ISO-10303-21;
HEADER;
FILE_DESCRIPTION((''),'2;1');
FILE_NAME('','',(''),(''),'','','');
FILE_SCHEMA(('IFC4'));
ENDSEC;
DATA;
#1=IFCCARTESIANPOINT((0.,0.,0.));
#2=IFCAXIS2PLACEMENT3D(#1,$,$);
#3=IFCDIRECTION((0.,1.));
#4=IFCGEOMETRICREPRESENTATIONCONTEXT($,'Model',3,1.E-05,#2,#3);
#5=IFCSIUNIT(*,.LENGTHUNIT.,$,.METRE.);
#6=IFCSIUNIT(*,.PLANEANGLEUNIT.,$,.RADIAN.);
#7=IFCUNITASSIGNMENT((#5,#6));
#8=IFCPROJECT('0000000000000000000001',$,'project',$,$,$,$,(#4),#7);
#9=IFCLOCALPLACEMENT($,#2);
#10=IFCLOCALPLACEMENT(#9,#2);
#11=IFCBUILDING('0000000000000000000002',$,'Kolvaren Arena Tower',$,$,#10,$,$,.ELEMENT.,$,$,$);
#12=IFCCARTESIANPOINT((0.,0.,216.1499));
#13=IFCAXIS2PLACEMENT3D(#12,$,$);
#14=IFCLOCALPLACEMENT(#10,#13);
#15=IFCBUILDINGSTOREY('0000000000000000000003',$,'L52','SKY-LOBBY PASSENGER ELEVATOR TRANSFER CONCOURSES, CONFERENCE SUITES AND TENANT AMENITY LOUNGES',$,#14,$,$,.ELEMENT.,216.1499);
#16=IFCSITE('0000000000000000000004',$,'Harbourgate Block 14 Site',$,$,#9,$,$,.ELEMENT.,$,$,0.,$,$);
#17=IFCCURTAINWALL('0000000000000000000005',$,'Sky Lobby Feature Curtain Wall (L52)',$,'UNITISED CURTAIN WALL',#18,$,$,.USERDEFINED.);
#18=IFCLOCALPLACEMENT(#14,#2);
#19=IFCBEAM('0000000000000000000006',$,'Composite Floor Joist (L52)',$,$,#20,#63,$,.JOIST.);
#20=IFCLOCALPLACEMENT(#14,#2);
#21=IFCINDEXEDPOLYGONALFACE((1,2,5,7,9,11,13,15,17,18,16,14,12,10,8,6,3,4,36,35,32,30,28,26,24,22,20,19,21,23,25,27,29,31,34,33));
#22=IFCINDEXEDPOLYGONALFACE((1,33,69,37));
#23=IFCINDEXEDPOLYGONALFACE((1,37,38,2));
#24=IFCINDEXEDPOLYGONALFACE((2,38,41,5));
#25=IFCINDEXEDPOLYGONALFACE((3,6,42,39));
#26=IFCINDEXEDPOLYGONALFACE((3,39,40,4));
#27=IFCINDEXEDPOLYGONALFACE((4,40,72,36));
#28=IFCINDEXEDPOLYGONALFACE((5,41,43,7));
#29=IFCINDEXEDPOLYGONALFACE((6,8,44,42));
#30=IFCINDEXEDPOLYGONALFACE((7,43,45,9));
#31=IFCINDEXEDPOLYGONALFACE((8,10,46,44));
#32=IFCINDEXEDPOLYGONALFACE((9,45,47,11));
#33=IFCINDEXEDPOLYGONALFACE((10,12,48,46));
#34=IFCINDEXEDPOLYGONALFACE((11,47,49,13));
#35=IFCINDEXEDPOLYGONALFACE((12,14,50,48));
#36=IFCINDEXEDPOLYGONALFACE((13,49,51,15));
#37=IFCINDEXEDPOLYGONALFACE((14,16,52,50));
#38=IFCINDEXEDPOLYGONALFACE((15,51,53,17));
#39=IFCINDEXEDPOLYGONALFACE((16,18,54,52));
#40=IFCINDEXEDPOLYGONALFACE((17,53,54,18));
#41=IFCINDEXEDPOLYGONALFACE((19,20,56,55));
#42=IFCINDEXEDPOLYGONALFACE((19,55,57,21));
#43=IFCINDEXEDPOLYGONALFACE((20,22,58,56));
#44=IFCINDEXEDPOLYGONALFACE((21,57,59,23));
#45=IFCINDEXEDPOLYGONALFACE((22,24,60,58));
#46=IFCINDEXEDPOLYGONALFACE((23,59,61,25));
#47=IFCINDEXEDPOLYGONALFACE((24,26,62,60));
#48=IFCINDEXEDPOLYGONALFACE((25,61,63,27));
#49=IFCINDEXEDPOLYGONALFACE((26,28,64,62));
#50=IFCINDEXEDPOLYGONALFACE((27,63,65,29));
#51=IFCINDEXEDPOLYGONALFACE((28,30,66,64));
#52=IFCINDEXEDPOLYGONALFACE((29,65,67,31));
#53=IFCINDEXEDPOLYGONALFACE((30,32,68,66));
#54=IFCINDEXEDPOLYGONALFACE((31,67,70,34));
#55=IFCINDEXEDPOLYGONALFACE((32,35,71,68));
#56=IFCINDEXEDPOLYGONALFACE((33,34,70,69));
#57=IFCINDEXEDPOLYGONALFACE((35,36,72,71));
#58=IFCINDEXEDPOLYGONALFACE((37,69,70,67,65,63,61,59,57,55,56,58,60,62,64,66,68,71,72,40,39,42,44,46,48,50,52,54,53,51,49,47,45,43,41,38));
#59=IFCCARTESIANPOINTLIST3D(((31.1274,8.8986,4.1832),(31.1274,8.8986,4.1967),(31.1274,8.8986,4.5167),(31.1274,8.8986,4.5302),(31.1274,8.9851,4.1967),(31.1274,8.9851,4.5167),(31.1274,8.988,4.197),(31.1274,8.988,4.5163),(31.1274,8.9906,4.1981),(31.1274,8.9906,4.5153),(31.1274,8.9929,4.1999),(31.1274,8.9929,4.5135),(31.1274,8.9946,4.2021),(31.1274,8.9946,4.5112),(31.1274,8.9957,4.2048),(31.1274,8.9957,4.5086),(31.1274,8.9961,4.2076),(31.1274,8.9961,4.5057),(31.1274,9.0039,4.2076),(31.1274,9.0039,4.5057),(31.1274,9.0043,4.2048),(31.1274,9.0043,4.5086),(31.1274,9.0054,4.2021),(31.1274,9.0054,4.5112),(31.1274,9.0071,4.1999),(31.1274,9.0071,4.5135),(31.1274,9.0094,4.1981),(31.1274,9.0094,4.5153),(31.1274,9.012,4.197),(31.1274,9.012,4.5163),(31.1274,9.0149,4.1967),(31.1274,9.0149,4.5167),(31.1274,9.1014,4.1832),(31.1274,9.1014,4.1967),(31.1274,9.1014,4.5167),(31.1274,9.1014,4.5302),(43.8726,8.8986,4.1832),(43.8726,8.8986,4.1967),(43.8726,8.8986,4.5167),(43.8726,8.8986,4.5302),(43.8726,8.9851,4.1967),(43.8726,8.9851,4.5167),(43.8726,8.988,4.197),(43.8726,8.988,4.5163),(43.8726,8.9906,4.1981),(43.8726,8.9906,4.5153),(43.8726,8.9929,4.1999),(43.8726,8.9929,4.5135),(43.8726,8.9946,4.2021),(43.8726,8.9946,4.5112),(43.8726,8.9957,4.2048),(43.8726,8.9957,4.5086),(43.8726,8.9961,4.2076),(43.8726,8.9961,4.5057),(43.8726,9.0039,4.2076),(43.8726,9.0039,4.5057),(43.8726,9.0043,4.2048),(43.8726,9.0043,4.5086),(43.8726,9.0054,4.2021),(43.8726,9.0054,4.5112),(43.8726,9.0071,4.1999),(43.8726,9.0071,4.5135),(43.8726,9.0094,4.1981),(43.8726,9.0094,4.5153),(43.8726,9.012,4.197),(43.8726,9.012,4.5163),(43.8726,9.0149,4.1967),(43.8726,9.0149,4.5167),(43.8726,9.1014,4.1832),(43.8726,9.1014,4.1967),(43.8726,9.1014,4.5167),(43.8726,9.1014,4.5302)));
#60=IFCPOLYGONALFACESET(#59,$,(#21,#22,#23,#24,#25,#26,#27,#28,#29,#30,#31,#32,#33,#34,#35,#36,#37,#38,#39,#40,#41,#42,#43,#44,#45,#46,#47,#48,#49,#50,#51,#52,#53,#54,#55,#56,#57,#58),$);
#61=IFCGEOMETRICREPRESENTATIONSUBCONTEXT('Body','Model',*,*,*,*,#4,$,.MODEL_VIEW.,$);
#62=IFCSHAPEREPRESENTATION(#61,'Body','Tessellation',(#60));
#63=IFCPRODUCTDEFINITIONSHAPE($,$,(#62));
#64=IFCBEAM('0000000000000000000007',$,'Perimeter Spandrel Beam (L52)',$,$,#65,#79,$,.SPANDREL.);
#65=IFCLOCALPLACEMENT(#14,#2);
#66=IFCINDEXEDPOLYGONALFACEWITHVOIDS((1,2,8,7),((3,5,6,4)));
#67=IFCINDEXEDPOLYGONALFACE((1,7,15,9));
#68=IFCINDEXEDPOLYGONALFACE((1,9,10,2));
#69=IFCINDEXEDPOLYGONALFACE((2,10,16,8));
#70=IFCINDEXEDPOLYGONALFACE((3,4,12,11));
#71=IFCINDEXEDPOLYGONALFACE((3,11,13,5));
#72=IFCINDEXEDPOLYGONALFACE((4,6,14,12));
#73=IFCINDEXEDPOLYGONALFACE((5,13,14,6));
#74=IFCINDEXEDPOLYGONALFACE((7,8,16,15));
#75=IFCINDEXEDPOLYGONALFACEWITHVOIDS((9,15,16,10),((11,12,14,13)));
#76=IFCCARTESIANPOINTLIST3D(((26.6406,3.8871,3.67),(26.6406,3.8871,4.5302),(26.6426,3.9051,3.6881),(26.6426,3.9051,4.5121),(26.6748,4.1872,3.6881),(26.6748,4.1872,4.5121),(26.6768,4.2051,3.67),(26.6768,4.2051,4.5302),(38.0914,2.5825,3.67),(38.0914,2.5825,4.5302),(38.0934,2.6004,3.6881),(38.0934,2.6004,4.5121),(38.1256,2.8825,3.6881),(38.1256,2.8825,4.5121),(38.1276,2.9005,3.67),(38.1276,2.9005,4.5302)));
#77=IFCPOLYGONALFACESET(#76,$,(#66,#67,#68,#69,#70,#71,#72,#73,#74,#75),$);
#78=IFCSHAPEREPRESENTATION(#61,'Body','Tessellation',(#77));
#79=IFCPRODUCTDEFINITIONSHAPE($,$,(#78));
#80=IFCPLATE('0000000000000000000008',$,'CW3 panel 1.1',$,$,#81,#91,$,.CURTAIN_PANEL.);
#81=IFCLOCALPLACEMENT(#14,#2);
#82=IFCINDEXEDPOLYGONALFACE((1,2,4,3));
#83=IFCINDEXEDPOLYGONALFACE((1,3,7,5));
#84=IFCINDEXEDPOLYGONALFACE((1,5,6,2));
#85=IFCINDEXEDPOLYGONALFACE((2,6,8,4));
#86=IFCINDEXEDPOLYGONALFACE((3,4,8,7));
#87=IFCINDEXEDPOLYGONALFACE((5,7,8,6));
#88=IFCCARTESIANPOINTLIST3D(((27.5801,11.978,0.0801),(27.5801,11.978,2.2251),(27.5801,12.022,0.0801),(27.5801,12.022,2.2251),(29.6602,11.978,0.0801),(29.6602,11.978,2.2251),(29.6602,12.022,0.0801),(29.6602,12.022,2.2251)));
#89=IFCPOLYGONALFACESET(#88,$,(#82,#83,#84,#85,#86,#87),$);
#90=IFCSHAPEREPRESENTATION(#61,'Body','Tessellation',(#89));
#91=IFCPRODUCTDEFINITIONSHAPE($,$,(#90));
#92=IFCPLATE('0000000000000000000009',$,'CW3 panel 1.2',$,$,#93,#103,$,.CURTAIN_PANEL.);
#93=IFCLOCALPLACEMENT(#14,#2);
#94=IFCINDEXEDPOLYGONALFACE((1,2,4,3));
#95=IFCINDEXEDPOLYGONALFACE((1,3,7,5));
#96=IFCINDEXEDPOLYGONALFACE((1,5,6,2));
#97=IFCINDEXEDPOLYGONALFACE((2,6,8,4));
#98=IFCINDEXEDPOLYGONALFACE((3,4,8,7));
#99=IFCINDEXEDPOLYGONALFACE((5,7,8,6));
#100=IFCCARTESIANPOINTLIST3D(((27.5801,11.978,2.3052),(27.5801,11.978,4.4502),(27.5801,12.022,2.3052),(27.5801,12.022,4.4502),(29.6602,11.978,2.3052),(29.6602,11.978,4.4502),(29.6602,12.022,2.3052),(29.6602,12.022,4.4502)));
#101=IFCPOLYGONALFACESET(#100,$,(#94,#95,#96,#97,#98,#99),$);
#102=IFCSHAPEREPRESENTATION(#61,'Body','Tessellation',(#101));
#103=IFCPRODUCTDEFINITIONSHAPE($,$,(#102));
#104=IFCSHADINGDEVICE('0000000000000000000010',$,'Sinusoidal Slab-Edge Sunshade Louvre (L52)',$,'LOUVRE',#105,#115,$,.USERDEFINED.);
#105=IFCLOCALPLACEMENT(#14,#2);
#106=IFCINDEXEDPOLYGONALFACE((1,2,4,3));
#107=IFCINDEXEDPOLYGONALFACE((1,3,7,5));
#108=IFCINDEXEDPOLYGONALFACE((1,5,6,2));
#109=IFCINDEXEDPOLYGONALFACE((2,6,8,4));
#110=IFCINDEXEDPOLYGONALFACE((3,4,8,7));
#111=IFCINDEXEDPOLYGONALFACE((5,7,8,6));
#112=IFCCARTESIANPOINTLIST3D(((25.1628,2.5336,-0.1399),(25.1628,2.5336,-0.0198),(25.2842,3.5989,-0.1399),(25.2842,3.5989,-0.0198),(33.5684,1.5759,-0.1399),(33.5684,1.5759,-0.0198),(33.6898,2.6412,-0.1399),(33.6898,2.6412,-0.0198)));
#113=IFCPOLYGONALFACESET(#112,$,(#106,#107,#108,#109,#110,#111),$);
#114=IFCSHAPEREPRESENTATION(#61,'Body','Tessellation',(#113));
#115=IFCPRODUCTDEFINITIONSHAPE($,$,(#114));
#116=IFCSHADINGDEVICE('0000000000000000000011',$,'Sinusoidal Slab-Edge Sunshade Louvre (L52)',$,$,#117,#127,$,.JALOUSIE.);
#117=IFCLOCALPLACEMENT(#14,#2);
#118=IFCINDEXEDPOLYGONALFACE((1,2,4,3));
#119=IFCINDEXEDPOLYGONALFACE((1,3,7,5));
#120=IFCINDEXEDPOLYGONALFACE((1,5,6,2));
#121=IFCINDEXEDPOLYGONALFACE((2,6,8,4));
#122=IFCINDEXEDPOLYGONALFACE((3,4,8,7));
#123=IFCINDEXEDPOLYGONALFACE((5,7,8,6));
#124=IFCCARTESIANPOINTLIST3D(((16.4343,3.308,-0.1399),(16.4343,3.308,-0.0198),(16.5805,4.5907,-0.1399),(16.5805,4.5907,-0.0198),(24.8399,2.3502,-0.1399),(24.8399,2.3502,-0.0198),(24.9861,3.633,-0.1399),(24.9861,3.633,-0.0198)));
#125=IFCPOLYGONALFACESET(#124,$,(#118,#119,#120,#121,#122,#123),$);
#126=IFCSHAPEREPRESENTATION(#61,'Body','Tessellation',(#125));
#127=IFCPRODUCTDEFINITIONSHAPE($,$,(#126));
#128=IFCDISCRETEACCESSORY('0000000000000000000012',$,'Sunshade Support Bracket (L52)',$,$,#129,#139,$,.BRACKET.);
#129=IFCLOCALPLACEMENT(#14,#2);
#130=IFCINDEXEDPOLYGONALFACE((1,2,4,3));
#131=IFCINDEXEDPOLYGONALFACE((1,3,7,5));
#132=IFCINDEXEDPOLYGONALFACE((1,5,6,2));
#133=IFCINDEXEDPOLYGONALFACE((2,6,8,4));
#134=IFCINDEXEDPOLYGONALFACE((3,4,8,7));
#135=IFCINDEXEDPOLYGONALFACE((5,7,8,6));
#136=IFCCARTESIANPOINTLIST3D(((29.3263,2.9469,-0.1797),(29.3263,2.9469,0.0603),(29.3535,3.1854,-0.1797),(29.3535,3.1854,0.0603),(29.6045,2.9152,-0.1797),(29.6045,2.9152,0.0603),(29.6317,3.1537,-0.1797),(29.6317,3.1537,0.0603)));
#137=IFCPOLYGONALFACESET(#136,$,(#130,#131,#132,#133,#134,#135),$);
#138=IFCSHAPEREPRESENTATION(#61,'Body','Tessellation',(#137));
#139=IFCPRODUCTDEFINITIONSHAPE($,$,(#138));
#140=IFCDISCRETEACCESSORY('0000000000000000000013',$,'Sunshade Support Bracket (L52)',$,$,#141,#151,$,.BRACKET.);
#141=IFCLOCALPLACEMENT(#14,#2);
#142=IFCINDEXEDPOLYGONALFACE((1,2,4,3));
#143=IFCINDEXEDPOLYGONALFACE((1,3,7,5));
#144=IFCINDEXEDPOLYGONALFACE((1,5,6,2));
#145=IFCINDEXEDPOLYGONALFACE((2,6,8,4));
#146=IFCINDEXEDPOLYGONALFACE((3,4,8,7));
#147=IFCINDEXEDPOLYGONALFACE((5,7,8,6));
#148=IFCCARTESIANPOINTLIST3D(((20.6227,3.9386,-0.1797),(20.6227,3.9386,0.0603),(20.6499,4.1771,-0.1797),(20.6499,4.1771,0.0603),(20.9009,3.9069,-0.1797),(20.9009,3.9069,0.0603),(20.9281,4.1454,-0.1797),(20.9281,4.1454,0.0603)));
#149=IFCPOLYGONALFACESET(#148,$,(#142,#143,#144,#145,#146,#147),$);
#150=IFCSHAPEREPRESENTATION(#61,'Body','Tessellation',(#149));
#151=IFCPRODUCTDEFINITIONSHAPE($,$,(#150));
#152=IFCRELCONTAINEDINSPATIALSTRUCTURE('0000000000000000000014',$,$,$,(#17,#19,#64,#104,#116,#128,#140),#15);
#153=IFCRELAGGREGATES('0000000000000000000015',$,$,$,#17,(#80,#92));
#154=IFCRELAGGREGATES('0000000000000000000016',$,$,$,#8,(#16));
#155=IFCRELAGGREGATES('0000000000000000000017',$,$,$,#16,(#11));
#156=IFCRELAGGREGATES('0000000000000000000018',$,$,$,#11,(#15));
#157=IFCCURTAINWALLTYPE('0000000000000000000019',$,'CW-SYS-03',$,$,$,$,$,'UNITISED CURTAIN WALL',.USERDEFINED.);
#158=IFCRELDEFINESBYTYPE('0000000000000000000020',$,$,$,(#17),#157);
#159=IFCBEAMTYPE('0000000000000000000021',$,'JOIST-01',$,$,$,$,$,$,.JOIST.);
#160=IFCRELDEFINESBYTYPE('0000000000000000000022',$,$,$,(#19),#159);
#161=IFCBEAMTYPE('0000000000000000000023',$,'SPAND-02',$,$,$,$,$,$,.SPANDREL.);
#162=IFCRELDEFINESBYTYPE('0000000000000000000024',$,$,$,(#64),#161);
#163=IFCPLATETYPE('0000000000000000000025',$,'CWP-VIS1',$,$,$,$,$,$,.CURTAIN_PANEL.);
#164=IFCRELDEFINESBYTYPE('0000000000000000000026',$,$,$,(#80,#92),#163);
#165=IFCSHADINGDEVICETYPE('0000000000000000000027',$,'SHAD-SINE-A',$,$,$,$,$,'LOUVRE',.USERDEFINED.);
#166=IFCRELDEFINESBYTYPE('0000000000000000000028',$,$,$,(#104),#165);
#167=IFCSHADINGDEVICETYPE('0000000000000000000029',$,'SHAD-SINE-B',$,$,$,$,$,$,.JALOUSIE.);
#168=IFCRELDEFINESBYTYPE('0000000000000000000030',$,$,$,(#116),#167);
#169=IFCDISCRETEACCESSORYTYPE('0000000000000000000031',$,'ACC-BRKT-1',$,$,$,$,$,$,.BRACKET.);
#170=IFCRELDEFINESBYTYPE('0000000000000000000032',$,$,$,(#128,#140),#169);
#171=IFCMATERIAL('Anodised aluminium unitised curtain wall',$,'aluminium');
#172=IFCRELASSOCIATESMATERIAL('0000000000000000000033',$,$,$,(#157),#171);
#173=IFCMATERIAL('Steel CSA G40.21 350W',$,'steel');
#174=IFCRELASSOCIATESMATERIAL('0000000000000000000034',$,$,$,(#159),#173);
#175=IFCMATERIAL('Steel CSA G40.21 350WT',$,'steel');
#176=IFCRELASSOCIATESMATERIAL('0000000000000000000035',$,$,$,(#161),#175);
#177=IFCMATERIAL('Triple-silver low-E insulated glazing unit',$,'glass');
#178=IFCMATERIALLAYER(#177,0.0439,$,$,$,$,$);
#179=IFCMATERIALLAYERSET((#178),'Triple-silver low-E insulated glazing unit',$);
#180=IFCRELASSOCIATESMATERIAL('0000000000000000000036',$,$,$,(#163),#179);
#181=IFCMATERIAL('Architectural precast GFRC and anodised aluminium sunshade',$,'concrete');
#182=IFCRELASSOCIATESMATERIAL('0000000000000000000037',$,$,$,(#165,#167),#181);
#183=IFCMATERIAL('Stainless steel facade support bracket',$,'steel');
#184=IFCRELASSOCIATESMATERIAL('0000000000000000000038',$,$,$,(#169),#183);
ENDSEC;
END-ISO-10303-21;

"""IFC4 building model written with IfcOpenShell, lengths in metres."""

from ifc_helpers import new_model, si_unit, direction, frame, origin, origin_2d, place, context, subcontext, project, spatial, rectangle, hollow_rectangle, i_section, extrude, material, layer, layer_set, material_profile, profile_set, type_object, element, aggregate, save


model = new_model("IFC4")

# Units and contexts
model_context = context("Model", 3, precision=1e-05, world=origin(), true_north=direction((0.0, 1.0)))
body_context = subcontext(model_context, "Body", "Model", "MODEL_VIEW")
ifc_project = project(units=[si_unit("LENGTHUNIT", "METRE"), si_unit("PLANEANGLEUNIT", "RADIAN")], contexts=[model_context])

# Site, building, storey
site_placement = place(None, origin())
site = spatial("IfcSite", under=ifc_project, at=site_placement, Name="Harbourgate Block 14 Site", CompositionType="ELEMENT", RefElevation=0.0)
building_placement = place(site_placement, origin())
building = spatial("IfcBuilding", under=site, at=building_placement, Name="Kolvaren Arena Tower", CompositionType="ELEMENT")
storey_placement = place(building_placement, frame((0.0, 0.0, 216.1499)))
storey = spatial("IfcBuildingStorey", under=building, at=storey_placement, Name="L52", Description="SKY-LOBBY PASSENGER ELEVATOR TRANSFER CONCOURSES, CONFERENCE SUITES AND TENANT AMENITY LOUNGES", CompositionType="ELEMENT", Elevation=216.1499)

# Shared definitions
ifc_material_1 = material(Name="Steel CSA G40.21 350W", Category="steel")

# Curtain wall
ifc_material_2 = material(Name="Anodised aluminium unitised curtain wall", Category="aluminium")
curtain_wall_type = type_object("IfcCurtainWallType", Name="CW-SYS-03", ElementType="UNITISED CURTAIN WALL", PredefinedType="USERDEFINED", material=ifc_material_2)
curtain_wall_placement = place(storey_placement, origin())
curtain_wall = element("IfcCurtainWall", 1, at=curtain_wall_placement, inside=storey, type_object=curtain_wall_type, Name="Sky Lobby Feature Curtain Wall (L52)", ObjectType="UNITISED CURTAIN WALL", PredefinedType="USERDEFINED")

# Beams
ifc_material_profile_1 = material_profile(ifc_material_1, i_section(OverallWidth=0.2029, OverallDepth=0.3469, WebThickness=0.0078, FlangeThickness=0.0134, FilletRadius=0.011, at=origin_2d()), Name="W360x64")
ifc_profile_set_1 = profile_set([ifc_material_profile_1], Name="Steel CSA G40.21 350W")
beam_type_1 = type_object("IfcBeamType", Name="JOIST-01", PredefinedType="JOIST", material=ifc_profile_set_1)
beam_1_placement = place(storey_placement, frame((31.1274, 9.0, 4.3567), z_axis=(1.0, 0.0, 0.0), x_axis=(0.0, 1.0, 0.0)))
element("IfcBeam", 2, at=beam_1_placement, inside=storey, type_object=beam_type_1, Name="Composite Floor Joist (L52)", PredefinedType="JOIST", context=body_context, shape_type="SweptSolid", body=[
    extrude(i_section(OverallWidth=0.2029, OverallDepth=0.3469, WebThickness=0.0078, FlangeThickness=0.0134, FilletRadius=0.011, at=origin_2d()), origin(), (0.0, 0.0, 1.0), 12.7451),
])
ifc_material_3 = material(Name="Steel CSA G40.21 350WT", Category="steel")
ifc_material_profile_2 = material_profile(ifc_material_3, hollow_rectangle(XDim=0.3201, YDim=0.8601, WallThickness=0.0181, at=origin_2d()), Name="HSS 860x320x18")
ifc_profile_set_2 = profile_set([ifc_material_profile_2], Name="Steel CSA G40.21 350WT")
beam_type_2 = type_object("IfcBeamType", Name="SPAND-02", PredefinedType="SPANDREL", material=ifc_profile_set_2)
beam_2_placement = place(storey_placement, frame((26.6587, 4.0461, 4.1001), z_axis=(0.993572, -0.113205, 0.0), x_axis=(0.113205, 0.993572, 0.0)))
element("IfcBeam", 3, at=beam_2_placement, inside=storey, type_object=beam_type_2, Name="Perimeter Spandrel Beam (L52)", PredefinedType="SPANDREL", context=body_context, shape_type="SweptSolid", body=[
    extrude(hollow_rectangle(XDim=0.3201, YDim=0.8601, WallThickness=0.0181, at=origin_2d()), origin(), (0.0, 0.0, 1.0), 11.5249),
])

# Plates
ifc_material_4 = material(Name="Triple-silver low-E insulated glazing unit", Category="glass")
ifc_layer = layer(ifc_material_4, 0.0439)
ifc_layer_set = layer_set([ifc_layer], Name="Triple-silver low-E insulated glazing unit")
plate_type = type_object("IfcPlateType", Name="CWP-VIS1", PredefinedType="CURTAIN_PANEL", material=ifc_layer_set)
plate_1_placement = place(storey_placement, frame((28.6201, 12.0, 0.0801), z_axis=(0.0, 0.0, 1.0), x_axis=(1.0, 0.0, 0.0)))
plate_1 = element("IfcPlate", 4, at=plate_1_placement, type_object=plate_type, Name="CW3 panel 1.1", PredefinedType="CURTAIN_PANEL", context=body_context, shape_type="SweptSolid", body=[
    extrude(rectangle(XDim=2.0801, YDim=0.0439, at=origin_2d()), origin(), (0.0, 0.0, 1.0), 2.145),
])
plate_2_placement = place(storey_placement, frame((28.6201, 12.0, 2.3052), z_axis=(0.0, 0.0, 1.0), x_axis=(1.0, 0.0, 0.0)))
plate_2 = element("IfcPlate", 5, at=plate_2_placement, type_object=plate_type, Name="CW3 panel 1.2", PredefinedType="CURTAIN_PANEL", context=body_context, shape_type="SweptSolid", body=[
    extrude(rectangle(XDim=2.0801, YDim=0.0439, at=origin_2d()), origin(), (0.0, 0.0, 1.0), 2.145),
])
aggregate(curtain_wall, [plate_1, plate_2])

# Shading devices
ifc_material_5 = material(Name="Architectural precast GFRC and anodised aluminium sunshade", Category="concrete")
shading_device_type_1 = type_object("IfcShadingDeviceType", Name="SHAD-SINE-A", ElementType="LOUVRE", PredefinedType="USERDEFINED", material=ifc_material_5)
shading_device_1_placement = place(storey_placement, frame((29.4263, 2.5874, -0.1399), z_axis=(0.0, 0.0, 1.0), x_axis=(-0.993572, 0.113205, 0.0)))
element("IfcShadingDevice", 6, at=shading_device_1_placement, inside=storey, type_object=shading_device_type_1, Name="Sinusoidal Slab-Edge Sunshade Louvre (L52)", ObjectType="LOUVRE", PredefinedType="USERDEFINED", context=body_context, shape_type="SweptSolid", body=[
    extrude(rectangle(XDim=8.46, YDim=1.0723, at=origin_2d()), origin(), (0.0, 0.0, 1.0), 0.1201),
])
shading_device_type_2 = type_object("IfcShadingDeviceType", Name="SHAD-SINE-B", PredefinedType="JALOUSIE", material=ifc_material_5)
shading_device_2_placement = place(storey_placement, frame((20.7102, 3.4705, -0.1399), z_axis=(0.0, 0.0, 1.0), x_axis=(-0.993572, 0.113205, 0.0)))
element("IfcShadingDevice", 7, at=shading_device_2_placement, inside=storey, type_object=shading_device_type_2, Name="Sinusoidal Slab-Edge Sunshade Louvre (L52)", PredefinedType="JALOUSIE", context=body_context, shape_type="SweptSolid", body=[
    extrude(rectangle(XDim=8.46, YDim=1.291, at=origin_2d()), origin(), (0.0, 0.0, 1.0), 0.1201),
])

# Discrete accessories
ifc_material_6 = material(Name="Stainless steel facade support bracket", Category="steel")
discrete_accessory_type = type_object("IfcDiscreteAccessoryType", Name="ACC-BRKT-1", PredefinedType="BRACKET", material=ifc_material_6)
for number, where, z_axis, x_axis, name in (
    (8, (29.479, 3.0503, -0.1797), (0.0, 0.0, 1.0), (-0.993572, 0.113205, 0.0), "Sunshade Support Bracket (L52)"),
    (9, (20.7754, 4.042, -0.1797), (0.0, 0.0, 1.0), (-0.993572, 0.113205, 0.0), "Sunshade Support Bracket (L52)"),
):
    element("IfcDiscreteAccessory", number, at=place(storey_placement, frame(where, z_axis=z_axis, x_axis=x_axis)), inside=storey, type_object=discrete_accessory_type, Name=name, PredefinedType="BRACKET", context=body_context, shape_type="SweptSolid", body=[
        extrude(rectangle(XDim=0.28, YDim=0.24, at=origin_2d()), origin(), (0.0, 0.0, 1.0), 0.24),
    ])

save(model, "model.ifc")
